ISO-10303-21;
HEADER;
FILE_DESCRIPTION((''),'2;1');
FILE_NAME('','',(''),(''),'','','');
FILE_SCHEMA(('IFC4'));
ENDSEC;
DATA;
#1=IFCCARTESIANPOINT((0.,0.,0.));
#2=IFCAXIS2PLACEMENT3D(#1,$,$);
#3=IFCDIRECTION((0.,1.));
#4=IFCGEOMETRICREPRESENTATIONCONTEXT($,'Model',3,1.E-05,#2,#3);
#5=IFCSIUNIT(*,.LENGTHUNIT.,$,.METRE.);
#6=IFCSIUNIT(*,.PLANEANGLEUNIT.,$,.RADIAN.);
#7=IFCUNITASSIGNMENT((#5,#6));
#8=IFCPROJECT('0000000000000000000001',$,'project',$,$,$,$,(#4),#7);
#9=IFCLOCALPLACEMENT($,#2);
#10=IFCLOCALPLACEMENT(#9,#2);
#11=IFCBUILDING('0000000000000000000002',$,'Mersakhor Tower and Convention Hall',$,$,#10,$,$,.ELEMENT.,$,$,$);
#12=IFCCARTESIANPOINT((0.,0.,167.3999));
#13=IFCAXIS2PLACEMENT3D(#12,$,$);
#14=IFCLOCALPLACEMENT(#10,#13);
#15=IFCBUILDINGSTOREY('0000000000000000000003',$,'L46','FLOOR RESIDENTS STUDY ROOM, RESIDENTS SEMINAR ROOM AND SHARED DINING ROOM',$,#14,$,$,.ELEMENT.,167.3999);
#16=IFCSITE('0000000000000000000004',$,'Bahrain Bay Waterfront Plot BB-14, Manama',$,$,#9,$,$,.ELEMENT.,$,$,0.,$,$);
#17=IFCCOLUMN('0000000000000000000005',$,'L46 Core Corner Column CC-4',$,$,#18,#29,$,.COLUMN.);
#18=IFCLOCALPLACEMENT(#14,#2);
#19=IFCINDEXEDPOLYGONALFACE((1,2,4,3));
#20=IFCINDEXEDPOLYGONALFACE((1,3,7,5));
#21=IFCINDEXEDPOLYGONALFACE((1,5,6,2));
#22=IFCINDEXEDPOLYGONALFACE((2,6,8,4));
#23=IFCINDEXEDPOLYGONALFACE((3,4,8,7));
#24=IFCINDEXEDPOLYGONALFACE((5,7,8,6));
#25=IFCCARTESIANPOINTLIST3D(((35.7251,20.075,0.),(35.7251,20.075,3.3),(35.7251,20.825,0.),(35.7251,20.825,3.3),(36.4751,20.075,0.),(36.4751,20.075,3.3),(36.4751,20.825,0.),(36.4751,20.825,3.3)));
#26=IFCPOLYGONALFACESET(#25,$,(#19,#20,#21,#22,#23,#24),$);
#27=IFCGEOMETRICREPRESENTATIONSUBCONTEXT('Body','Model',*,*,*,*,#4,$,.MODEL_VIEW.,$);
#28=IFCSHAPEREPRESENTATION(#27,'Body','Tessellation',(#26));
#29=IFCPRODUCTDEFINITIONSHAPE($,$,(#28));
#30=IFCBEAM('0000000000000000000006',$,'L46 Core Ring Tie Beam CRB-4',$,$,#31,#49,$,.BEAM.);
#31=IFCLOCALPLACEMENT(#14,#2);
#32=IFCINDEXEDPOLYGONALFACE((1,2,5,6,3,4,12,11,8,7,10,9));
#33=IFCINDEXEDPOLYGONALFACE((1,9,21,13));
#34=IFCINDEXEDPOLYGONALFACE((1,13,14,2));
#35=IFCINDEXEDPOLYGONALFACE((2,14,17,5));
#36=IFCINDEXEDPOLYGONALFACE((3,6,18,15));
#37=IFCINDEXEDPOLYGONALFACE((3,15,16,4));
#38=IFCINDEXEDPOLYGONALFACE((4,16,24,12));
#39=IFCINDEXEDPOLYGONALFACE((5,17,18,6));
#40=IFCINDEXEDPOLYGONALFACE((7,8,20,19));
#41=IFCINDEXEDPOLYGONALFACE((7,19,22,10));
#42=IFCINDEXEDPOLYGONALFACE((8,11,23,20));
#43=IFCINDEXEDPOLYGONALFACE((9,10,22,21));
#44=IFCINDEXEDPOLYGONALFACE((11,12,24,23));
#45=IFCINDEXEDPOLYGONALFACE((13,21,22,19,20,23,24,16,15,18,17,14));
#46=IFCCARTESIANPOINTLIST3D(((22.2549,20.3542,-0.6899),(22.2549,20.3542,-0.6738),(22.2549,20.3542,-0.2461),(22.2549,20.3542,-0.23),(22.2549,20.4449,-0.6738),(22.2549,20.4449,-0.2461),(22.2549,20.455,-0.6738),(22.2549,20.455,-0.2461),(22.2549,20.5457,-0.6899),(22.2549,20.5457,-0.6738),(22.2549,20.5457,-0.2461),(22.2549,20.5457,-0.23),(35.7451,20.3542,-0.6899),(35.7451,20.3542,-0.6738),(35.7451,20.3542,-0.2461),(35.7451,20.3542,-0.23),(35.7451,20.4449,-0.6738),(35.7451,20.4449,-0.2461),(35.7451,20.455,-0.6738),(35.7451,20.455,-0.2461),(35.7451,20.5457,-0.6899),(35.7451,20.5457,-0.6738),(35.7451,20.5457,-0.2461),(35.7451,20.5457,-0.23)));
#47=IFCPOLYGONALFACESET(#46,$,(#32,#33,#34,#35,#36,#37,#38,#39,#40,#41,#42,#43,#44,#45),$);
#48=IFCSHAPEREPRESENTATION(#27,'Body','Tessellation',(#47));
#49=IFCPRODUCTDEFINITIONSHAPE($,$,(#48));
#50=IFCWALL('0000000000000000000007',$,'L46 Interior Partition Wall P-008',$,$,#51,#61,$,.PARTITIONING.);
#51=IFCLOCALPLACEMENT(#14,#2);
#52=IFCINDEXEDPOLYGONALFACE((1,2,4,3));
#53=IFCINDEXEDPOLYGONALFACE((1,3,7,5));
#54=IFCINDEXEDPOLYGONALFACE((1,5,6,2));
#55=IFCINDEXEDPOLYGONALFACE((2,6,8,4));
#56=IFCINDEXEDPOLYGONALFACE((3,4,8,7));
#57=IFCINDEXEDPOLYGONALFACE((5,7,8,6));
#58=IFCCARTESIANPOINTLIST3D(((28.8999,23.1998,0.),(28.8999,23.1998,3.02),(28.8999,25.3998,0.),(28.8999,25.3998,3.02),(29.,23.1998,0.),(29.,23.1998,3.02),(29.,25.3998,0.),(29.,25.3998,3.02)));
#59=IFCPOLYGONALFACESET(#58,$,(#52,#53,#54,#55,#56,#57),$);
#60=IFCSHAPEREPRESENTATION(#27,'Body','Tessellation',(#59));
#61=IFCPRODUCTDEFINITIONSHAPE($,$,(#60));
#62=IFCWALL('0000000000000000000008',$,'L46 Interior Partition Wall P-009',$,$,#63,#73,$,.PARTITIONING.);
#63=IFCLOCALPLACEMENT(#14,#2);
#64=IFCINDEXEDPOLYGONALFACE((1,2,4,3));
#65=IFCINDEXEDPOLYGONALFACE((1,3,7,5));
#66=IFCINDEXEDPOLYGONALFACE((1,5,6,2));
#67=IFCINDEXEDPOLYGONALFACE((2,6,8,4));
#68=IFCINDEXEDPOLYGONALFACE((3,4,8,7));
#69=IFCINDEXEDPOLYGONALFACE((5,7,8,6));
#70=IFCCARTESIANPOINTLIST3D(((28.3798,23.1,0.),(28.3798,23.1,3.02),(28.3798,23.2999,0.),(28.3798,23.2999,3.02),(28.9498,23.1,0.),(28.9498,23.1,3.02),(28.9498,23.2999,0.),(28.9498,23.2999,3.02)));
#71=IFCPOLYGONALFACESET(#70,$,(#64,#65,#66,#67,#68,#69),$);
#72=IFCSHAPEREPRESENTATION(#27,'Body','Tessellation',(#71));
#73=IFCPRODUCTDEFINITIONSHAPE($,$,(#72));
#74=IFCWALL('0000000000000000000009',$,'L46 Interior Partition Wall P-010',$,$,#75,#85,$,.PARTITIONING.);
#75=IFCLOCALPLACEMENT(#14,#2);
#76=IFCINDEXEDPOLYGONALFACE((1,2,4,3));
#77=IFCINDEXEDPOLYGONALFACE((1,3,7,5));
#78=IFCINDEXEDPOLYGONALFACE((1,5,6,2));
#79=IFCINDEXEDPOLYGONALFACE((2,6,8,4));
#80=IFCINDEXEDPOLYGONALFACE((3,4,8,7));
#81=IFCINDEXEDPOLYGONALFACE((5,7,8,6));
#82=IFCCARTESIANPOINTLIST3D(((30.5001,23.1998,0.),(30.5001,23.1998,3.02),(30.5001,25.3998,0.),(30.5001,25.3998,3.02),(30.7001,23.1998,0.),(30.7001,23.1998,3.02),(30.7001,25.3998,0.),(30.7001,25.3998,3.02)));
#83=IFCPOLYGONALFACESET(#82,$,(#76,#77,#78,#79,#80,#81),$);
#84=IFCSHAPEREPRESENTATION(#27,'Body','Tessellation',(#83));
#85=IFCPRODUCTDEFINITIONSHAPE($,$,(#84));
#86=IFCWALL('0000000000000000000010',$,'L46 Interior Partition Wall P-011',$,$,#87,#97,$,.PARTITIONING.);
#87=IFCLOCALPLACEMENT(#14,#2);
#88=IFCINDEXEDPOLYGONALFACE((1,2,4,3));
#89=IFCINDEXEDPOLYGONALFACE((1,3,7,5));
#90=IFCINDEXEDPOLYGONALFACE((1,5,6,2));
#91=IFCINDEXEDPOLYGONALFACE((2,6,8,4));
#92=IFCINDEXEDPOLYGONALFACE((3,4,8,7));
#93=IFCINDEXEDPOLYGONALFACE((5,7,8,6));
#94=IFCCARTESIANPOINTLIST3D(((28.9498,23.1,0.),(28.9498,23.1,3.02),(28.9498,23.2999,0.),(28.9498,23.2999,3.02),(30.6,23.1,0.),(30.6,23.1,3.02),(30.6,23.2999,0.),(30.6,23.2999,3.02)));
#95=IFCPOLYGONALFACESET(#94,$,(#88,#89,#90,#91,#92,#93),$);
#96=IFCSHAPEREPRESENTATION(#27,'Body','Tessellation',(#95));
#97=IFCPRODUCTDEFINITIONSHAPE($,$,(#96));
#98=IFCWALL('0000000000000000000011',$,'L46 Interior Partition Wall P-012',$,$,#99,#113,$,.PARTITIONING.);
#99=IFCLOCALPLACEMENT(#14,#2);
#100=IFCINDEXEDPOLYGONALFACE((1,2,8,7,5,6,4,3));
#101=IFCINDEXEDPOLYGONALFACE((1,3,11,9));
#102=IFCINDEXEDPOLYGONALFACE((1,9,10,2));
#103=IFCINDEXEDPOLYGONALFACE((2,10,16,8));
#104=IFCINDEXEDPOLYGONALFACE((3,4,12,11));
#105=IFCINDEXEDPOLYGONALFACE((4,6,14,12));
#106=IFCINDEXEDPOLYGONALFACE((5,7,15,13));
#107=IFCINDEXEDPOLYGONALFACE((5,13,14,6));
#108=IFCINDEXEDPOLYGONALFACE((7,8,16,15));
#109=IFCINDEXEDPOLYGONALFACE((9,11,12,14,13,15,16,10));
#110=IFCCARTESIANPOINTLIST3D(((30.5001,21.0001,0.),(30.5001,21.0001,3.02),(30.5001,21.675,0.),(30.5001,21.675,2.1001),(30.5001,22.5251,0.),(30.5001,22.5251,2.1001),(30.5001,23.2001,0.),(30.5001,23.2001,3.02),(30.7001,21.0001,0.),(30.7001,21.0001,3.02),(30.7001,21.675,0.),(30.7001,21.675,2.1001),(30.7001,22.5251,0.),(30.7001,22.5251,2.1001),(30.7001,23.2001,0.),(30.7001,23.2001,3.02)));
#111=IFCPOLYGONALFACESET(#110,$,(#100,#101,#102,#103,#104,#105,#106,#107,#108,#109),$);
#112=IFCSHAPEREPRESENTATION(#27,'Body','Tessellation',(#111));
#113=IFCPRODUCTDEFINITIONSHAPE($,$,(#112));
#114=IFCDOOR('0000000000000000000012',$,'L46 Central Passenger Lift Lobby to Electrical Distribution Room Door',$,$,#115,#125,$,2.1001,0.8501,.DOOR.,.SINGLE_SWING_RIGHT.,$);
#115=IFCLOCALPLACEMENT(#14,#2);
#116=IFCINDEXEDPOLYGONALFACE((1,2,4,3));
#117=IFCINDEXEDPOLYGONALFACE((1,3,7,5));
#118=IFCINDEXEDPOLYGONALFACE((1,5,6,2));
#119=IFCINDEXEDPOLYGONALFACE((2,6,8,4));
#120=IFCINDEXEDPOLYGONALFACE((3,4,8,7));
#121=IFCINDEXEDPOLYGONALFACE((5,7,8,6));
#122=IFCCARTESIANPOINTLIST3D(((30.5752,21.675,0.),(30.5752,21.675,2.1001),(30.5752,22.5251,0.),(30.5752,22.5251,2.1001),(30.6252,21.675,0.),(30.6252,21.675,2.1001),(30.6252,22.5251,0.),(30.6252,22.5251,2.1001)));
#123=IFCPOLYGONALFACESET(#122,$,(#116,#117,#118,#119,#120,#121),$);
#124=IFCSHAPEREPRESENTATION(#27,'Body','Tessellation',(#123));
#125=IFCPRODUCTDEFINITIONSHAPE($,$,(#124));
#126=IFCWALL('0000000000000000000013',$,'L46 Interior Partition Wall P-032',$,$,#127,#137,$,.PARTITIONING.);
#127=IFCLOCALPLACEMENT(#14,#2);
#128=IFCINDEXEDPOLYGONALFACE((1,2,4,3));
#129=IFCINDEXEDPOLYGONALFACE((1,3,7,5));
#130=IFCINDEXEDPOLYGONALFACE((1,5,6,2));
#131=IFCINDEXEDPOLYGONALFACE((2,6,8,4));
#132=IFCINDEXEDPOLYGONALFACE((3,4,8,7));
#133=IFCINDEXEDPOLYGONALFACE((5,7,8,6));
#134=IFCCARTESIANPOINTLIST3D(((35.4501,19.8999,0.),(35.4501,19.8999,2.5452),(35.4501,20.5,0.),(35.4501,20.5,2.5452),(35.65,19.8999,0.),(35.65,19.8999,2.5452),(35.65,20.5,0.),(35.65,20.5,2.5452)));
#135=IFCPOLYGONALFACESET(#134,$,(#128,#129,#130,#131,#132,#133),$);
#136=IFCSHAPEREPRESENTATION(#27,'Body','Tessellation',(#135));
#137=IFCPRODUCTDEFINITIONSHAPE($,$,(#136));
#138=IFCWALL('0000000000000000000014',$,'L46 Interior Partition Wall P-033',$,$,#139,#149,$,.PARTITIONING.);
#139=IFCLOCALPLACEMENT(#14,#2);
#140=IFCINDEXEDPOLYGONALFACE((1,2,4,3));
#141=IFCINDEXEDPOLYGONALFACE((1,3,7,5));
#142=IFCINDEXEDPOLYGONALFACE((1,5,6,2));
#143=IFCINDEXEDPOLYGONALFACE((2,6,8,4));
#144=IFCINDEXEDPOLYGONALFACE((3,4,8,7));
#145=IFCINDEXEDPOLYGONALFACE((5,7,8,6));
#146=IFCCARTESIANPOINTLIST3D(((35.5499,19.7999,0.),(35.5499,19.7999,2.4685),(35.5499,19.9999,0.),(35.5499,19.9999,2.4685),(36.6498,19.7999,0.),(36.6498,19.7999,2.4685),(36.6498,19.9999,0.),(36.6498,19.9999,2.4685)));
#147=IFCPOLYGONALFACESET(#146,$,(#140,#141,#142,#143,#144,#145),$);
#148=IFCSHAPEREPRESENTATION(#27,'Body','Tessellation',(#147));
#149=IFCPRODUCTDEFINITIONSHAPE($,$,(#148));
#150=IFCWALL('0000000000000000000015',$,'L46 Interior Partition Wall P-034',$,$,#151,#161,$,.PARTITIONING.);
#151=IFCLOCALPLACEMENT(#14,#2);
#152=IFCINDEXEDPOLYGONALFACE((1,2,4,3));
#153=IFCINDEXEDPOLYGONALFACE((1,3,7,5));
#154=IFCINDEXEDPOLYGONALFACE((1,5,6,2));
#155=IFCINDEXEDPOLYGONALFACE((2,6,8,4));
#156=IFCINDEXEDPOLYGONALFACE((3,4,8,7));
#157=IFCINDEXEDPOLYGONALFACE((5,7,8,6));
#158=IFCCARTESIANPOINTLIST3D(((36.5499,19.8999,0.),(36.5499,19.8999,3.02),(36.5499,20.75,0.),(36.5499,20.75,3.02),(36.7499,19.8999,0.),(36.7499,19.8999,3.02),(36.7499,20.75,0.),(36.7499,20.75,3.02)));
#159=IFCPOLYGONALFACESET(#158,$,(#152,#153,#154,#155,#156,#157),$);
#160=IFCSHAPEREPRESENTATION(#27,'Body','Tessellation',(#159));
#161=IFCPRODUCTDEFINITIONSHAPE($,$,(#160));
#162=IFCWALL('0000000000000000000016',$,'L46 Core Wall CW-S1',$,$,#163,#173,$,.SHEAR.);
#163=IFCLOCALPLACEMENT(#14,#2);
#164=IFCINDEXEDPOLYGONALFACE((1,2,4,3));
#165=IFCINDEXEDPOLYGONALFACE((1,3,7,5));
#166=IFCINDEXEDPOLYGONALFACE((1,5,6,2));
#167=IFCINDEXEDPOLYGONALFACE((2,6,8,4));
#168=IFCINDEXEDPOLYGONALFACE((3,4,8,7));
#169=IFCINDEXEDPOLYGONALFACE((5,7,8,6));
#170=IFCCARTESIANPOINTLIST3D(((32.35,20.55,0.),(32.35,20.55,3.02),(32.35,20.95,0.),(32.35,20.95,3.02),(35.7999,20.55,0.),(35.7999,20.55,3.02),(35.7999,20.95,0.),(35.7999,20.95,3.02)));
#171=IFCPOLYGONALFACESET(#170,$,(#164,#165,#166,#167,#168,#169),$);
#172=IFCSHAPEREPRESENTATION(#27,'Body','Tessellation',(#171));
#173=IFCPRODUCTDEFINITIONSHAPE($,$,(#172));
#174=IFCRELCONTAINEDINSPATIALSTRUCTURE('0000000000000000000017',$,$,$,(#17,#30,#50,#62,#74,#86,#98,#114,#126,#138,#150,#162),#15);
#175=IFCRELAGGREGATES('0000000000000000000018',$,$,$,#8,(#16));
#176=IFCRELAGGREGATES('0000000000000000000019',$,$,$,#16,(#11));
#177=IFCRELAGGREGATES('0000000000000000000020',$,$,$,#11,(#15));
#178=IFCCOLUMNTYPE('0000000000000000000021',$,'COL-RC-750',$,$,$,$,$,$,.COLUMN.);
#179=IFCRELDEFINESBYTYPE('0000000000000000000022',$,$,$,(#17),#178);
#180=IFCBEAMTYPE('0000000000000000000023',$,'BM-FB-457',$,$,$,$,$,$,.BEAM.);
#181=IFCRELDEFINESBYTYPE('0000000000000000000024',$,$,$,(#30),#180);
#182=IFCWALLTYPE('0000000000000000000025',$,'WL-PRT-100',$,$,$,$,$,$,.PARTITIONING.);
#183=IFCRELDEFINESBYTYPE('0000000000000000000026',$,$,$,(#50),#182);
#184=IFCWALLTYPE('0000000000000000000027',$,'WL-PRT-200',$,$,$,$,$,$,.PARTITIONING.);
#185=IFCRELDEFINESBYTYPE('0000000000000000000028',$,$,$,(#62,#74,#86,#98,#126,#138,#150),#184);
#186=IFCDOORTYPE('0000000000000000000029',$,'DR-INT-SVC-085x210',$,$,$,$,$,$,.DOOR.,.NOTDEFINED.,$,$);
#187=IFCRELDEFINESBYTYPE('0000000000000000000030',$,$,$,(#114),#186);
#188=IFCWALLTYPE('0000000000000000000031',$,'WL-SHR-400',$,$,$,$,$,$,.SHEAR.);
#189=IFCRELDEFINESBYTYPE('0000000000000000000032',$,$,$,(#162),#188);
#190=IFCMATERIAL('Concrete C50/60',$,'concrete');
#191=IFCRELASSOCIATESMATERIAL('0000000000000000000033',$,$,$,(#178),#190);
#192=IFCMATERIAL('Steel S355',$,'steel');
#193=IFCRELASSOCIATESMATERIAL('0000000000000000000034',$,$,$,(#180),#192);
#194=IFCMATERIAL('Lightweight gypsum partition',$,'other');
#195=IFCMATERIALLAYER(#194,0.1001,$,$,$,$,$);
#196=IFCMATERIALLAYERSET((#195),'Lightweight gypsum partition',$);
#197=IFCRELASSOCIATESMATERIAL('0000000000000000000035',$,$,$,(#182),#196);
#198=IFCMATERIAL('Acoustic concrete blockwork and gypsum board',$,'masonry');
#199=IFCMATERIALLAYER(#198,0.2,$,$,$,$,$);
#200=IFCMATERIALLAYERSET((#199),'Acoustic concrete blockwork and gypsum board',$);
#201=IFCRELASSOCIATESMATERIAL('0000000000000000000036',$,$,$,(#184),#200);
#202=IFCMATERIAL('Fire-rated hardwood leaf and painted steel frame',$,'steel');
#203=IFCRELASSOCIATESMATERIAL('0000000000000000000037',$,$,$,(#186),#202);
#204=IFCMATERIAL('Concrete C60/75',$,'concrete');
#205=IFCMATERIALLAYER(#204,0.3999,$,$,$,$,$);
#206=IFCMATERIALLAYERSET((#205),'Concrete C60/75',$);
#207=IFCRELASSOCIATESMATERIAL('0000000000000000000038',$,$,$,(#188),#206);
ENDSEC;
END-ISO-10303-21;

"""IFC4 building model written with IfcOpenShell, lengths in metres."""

from ifc_helpers import new_model, si_unit, direction, frame, frame_2d, origin, origin_2d, place, context, subcontext, project, spatial, rectangle, i_section, extrude, material, layer, layer_set, material_profile, profile_set, type_object, element, fill, save


model = new_model("IFC4")

# Units and contexts
model_context = context("Model", 3, precision=1e-05, world=origin(), true_north=direction((0.0, 1.0)))
body_context = subcontext(model_context, "Body", "Model", "MODEL_VIEW")
ifc_project = project(units=[si_unit("LENGTHUNIT", "METRE"), si_unit("PLANEANGLEUNIT", "RADIAN")], contexts=[model_context])

# Site, building, storey
site_placement = place(None, origin())
site = spatial("IfcSite", under=ifc_project, at=site_placement, Name="Bahrain Bay Waterfront Plot BB-14, Manama", CompositionType="ELEMENT", RefElevation=0.0)
building_placement = place(site_placement, origin())
building = spatial("IfcBuilding", under=site, at=building_placement, Name="Mersakhor Tower and Convention Hall", CompositionType="ELEMENT")
storey_placement = place(building_placement, frame((0.0, 0.0, 167.3999)))
storey = spatial("IfcBuildingStorey", under=building, at=storey_placement, Name="L46", Description="FLOOR RESIDENTS STUDY ROOM, RESIDENTS SEMINAR ROOM AND SHARED DINING ROOM", CompositionType="ELEMENT", Elevation=167.3999)

# Column
ifc_material_1 = material(Name="Concrete C50/60", Category="concrete")
ifc_material_profile_1 = material_profile(ifc_material_1, rectangle(XDim=0.75, YDim=0.75, at=origin_2d()), Name="RC 750x750")
ifc_profile_set_1 = profile_set([ifc_material_profile_1], Name="Concrete C50/60")
column_type = type_object("IfcColumnType", Name="COL-RC-750", PredefinedType="COLUMN", material=ifc_profile_set_1)
column_placement = place(storey_placement, frame((36.1001, 20.45, 0.0), z_axis=(0.0, 0.0, 1.0), x_axis=(1.0, 0.0, 0.0)))
element("IfcColumn", 1, at=column_placement, inside=storey, type_object=column_type, Name="L46 Core Corner Column CC-4", PredefinedType="COLUMN", context=body_context, shape_type="SweptSolid", body=[
    extrude(rectangle(XDim=0.75, YDim=0.75, at=origin_2d()), origin(), (0.0, 0.0, 1.0), 3.3),
])

# Beam
ifc_material_2 = material(Name="Steel S355", Category="steel")
ifc_material_profile_2 = material_profile(ifc_material_2, i_section(OverallWidth=0.1914, OverallDepth=0.46, WebThickness=0.01, FlangeThickness=0.0161, at=origin_2d()), Name="UB 457x191x82")
ifc_profile_set_2 = profile_set([ifc_material_profile_2], Name="Steel S355")
beam_type = type_object("IfcBeamType", Name="BM-FB-457", PredefinedType="BEAM", material=ifc_profile_set_2)
beam_placement = place(storey_placement, frame((35.7451, 20.45, -0.46), z_axis=(-1.0, 0.0, 0.0), x_axis=(0.0, -1.0, 0.0)))
element("IfcBeam", 2, at=beam_placement, inside=storey, type_object=beam_type, Name="L46 Core Ring Tie Beam CRB-4", PredefinedType="BEAM", context=body_context, shape_type="SweptSolid", body=[
    extrude(i_section(OverallWidth=0.1914, OverallDepth=0.46, WebThickness=0.01, FlangeThickness=0.0161, at=origin_2d()), origin(), (0.0, 0.0, 1.0), 13.4902),
])

# Walls
ifc_material_3 = material(Name="Lightweight gypsum partition", Category="other")
ifc_layer_1 = layer(ifc_material_3, 0.1001)
ifc_layer_set_1 = layer_set([ifc_layer_1], Name="Lightweight gypsum partition")
wall_type_1 = type_object("IfcWallType", Name="WL-PRT-100", PredefinedType="PARTITIONING", material=ifc_layer_set_1)
wall_1_placement = place(storey_placement, frame((28.95, 25.3999, 0.0), z_axis=(0.0, 0.0, 1.0), x_axis=(0.0, -1.0, 0.0)))
element("IfcWall", 3, at=wall_1_placement, inside=storey, type_object=wall_type_1, Name="L46 Interior Partition Wall P-008", PredefinedType="PARTITIONING", context=body_context, shape_type="SweptSolid", body=[
    extrude(rectangle(XDim=2.2, YDim=0.1001, at=frame_2d((1.1001, 0.0))), origin(), (0.0, 0.0, 1.0), 3.02),
])
ifc_material_4 = material(Name="Acoustic concrete blockwork and gypsum board", Category="masonry")
ifc_layer_2 = layer(ifc_material_4, 0.2)
ifc_layer_set_2 = layer_set([ifc_layer_2], Name="Acoustic concrete blockwork and gypsum board")
wall_type_2 = type_object("IfcWallType", Name="WL-PRT-200", PredefinedType="PARTITIONING", material=ifc_layer_set_2)
wall_2_placement = place(storey_placement, frame((28.95, 23.2, 0.0), z_axis=(0.0, 0.0, 1.0), x_axis=(-1.0, 0.0, 0.0)))
element("IfcWall", 4, at=wall_2_placement, inside=storey, type_object=wall_type_2, Name="L46 Interior Partition Wall P-009", PredefinedType="PARTITIONING", context=body_context, shape_type="SweptSolid", body=[
    extrude(rectangle(XDim=0.5701, YDim=0.2, at=frame_2d((0.2852, 0.0))), origin(), (0.0, 0.0, 1.0), 3.02),
])
wall_3_placement = place(storey_placement, frame((30.6001, 25.3999, 0.0), z_axis=(0.0, 0.0, 1.0), x_axis=(0.0, -1.0, 0.0)))
element("IfcWall", 5, at=wall_3_placement, inside=storey, type_object=wall_type_2, Name="L46 Interior Partition Wall P-010", PredefinedType="PARTITIONING", context=body_context, shape_type="SweptSolid", body=[
    extrude(rectangle(XDim=2.2, YDim=0.2, at=frame_2d((1.1001, 0.0))), origin(), (0.0, 0.0, 1.0), 3.02),
])
wall_4_placement = place(storey_placement, frame((30.6001, 23.2, 0.0), z_axis=(0.0, 0.0, 1.0), x_axis=(-1.0, 0.0, 0.0)))
element("IfcWall", 6, at=wall_4_placement, inside=storey, type_object=wall_type_2, Name="L46 Interior Partition Wall P-011", PredefinedType="PARTITIONING", context=body_context, shape_type="SweptSolid", body=[
    extrude(rectangle(XDim=1.6501, YDim=0.2, at=frame_2d((0.8252, 0.0))), origin(), (0.0, 0.0, 1.0), 3.02),
])

# Wall, opening, door
wall_5_placement = place(storey_placement, frame((30.6001, 21.0, 0.0), z_axis=(0.0, 0.0, 1.0), x_axis=(0.0, 1.0, 0.0)))
wall_5 = element("IfcWall", 7, at=wall_5_placement, inside=storey, type_object=wall_type_2, Name="L46 Interior Partition Wall P-012", PredefinedType="PARTITIONING", context=body_context, shape_type="SweptSolid", body=[
    extrude(rectangle(XDim=2.2, YDim=0.2, at=frame_2d((1.1001, 0.0))), origin(), (0.0, 0.0, 1.0), 3.02),
])
opening_1_placement = place(wall_5_placement, frame((0.675, 0.0, 0.0)))
opening_1 = element("IfcOpeningElement", 8, at=opening_1_placement, cuts=wall_5, PredefinedType="OPENING", context=body_context, shape_type="SweptSolid", body=[
    extrude(rectangle(XDim=0.8501, YDim=2.1001, at=frame_2d((0.425, 1.05))), frame((0.0, 0.1099, 0.0), z_axis=(0.0, -1.0, 0.0), x_axis=(1.0, 0.0, 0.0)), (0.0, 0.0, 1.0), 0.22),
])
ifc_material_5 = material(Name="Fire-rated hardwood leaf and painted steel frame", Category="steel")
door_type_1 = type_object("IfcDoorType", Name="DR-INT-SVC-085x210", OperationType="NOTDEFINED", PredefinedType="DOOR", material=ifc_material_5)
door_1_placement = place(opening_1_placement, origin())
door_1 = element("IfcDoor", 9, at=door_1_placement, inside=storey, type_object=door_type_1, Name="L46 Central Passenger Lift Lobby to Electrical Distribution Room Door", OperationType="SINGLE_SWING_RIGHT", OverallHeight=2.1001, OverallWidth=0.8501, PredefinedType="DOOR", context=body_context, shape_type="SweptSolid", body=[
    extrude(rectangle(XDim=0.8501, YDim=2.1001, at=frame_2d((0.425, 1.05))), frame((0.0, 0.0249, 0.0), z_axis=(0.0, -1.0, 0.0), x_axis=(1.0, 0.0, 0.0)), (0.0, 0.0, 1.0), 0.05),
])
fill(opening_1, door_1)

# Walls
wall_6_placement = place(storey_placement, frame((35.55, 20.5, 0.0), z_axis=(0.0, 0.0, 1.0), x_axis=(0.0, -1.0, 0.0)))
element("IfcWall", 10, at=wall_6_placement, inside=storey, type_object=wall_type_2, Name="L46 Interior Partition Wall P-032", PredefinedType="PARTITIONING", context=body_context, shape_type="SweptSolid", body=[
    extrude(rectangle(XDim=0.6001, YDim=0.2, at=frame_2d((0.3, 0.0))), origin(), (0.0, 0.0, 1.0), 2.5452),
])
wall_7_placement = place(storey_placement, frame((35.55, 19.8999, 0.0), z_axis=(0.0, 0.0, 1.0), x_axis=(1.0, 0.0, 0.0)))
element("IfcWall", 11, at=wall_7_placement, inside=storey, type_object=wall_type_2, Name="L46 Interior Partition Wall P-033", PredefinedType="PARTITIONING", context=body_context, shape_type="SweptSolid", body=[
    extrude(rectangle(XDim=1.0999, YDim=0.2, at=frame_2d((0.5498, 0.0))), origin(), (0.0, 0.0, 1.0), 2.4685),
])
wall_8_placement = place(storey_placement, frame((36.6499, 19.8999, 0.0), z_axis=(0.0, 0.0, 1.0), x_axis=(0.0, 1.0, 0.0)))
element("IfcWall", 12, at=wall_8_placement, inside=storey, type_object=wall_type_2, Name="L46 Interior Partition Wall P-034", PredefinedType="PARTITIONING", context=body_context, shape_type="SweptSolid", body=[
    extrude(rectangle(XDim=0.8501, YDim=0.2, at=frame_2d((0.425, 0.0))), origin(), (0.0, 0.0, 1.0), 3.02),
])
ifc_material_6 = material(Name="Concrete C60/75", Category="concrete")
ifc_layer_3 = layer(ifc_material_6, 0.3999)
ifc_layer_set_3 = layer_set([ifc_layer_3], Name="Concrete C60/75")
wall_type_3 = type_object("IfcWallType", Name="WL-SHR-400", PredefinedType="SHEAR", material=ifc_layer_set_3)
wall_9_placement = place(storey_placement, frame((35.8, 20.75, 0.0), z_axis=(0.0, 0.0, 1.0), x_axis=(-1.0, 0.0, 0.0)))
element("IfcWall", 13, at=wall_9_placement, inside=storey, type_object=wall_type_3, Name="L46 Core Wall CW-S1", PredefinedType="SHEAR", context=body_context, shape_type="SweptSolid", body=[
    extrude(rectangle(XDim=3.45, YDim=0.3999, at=frame_2d((1.7251, 0.0))), origin(), (0.0, 0.0, 1.0), 3.02),
])

save(model, "model.ifc")
